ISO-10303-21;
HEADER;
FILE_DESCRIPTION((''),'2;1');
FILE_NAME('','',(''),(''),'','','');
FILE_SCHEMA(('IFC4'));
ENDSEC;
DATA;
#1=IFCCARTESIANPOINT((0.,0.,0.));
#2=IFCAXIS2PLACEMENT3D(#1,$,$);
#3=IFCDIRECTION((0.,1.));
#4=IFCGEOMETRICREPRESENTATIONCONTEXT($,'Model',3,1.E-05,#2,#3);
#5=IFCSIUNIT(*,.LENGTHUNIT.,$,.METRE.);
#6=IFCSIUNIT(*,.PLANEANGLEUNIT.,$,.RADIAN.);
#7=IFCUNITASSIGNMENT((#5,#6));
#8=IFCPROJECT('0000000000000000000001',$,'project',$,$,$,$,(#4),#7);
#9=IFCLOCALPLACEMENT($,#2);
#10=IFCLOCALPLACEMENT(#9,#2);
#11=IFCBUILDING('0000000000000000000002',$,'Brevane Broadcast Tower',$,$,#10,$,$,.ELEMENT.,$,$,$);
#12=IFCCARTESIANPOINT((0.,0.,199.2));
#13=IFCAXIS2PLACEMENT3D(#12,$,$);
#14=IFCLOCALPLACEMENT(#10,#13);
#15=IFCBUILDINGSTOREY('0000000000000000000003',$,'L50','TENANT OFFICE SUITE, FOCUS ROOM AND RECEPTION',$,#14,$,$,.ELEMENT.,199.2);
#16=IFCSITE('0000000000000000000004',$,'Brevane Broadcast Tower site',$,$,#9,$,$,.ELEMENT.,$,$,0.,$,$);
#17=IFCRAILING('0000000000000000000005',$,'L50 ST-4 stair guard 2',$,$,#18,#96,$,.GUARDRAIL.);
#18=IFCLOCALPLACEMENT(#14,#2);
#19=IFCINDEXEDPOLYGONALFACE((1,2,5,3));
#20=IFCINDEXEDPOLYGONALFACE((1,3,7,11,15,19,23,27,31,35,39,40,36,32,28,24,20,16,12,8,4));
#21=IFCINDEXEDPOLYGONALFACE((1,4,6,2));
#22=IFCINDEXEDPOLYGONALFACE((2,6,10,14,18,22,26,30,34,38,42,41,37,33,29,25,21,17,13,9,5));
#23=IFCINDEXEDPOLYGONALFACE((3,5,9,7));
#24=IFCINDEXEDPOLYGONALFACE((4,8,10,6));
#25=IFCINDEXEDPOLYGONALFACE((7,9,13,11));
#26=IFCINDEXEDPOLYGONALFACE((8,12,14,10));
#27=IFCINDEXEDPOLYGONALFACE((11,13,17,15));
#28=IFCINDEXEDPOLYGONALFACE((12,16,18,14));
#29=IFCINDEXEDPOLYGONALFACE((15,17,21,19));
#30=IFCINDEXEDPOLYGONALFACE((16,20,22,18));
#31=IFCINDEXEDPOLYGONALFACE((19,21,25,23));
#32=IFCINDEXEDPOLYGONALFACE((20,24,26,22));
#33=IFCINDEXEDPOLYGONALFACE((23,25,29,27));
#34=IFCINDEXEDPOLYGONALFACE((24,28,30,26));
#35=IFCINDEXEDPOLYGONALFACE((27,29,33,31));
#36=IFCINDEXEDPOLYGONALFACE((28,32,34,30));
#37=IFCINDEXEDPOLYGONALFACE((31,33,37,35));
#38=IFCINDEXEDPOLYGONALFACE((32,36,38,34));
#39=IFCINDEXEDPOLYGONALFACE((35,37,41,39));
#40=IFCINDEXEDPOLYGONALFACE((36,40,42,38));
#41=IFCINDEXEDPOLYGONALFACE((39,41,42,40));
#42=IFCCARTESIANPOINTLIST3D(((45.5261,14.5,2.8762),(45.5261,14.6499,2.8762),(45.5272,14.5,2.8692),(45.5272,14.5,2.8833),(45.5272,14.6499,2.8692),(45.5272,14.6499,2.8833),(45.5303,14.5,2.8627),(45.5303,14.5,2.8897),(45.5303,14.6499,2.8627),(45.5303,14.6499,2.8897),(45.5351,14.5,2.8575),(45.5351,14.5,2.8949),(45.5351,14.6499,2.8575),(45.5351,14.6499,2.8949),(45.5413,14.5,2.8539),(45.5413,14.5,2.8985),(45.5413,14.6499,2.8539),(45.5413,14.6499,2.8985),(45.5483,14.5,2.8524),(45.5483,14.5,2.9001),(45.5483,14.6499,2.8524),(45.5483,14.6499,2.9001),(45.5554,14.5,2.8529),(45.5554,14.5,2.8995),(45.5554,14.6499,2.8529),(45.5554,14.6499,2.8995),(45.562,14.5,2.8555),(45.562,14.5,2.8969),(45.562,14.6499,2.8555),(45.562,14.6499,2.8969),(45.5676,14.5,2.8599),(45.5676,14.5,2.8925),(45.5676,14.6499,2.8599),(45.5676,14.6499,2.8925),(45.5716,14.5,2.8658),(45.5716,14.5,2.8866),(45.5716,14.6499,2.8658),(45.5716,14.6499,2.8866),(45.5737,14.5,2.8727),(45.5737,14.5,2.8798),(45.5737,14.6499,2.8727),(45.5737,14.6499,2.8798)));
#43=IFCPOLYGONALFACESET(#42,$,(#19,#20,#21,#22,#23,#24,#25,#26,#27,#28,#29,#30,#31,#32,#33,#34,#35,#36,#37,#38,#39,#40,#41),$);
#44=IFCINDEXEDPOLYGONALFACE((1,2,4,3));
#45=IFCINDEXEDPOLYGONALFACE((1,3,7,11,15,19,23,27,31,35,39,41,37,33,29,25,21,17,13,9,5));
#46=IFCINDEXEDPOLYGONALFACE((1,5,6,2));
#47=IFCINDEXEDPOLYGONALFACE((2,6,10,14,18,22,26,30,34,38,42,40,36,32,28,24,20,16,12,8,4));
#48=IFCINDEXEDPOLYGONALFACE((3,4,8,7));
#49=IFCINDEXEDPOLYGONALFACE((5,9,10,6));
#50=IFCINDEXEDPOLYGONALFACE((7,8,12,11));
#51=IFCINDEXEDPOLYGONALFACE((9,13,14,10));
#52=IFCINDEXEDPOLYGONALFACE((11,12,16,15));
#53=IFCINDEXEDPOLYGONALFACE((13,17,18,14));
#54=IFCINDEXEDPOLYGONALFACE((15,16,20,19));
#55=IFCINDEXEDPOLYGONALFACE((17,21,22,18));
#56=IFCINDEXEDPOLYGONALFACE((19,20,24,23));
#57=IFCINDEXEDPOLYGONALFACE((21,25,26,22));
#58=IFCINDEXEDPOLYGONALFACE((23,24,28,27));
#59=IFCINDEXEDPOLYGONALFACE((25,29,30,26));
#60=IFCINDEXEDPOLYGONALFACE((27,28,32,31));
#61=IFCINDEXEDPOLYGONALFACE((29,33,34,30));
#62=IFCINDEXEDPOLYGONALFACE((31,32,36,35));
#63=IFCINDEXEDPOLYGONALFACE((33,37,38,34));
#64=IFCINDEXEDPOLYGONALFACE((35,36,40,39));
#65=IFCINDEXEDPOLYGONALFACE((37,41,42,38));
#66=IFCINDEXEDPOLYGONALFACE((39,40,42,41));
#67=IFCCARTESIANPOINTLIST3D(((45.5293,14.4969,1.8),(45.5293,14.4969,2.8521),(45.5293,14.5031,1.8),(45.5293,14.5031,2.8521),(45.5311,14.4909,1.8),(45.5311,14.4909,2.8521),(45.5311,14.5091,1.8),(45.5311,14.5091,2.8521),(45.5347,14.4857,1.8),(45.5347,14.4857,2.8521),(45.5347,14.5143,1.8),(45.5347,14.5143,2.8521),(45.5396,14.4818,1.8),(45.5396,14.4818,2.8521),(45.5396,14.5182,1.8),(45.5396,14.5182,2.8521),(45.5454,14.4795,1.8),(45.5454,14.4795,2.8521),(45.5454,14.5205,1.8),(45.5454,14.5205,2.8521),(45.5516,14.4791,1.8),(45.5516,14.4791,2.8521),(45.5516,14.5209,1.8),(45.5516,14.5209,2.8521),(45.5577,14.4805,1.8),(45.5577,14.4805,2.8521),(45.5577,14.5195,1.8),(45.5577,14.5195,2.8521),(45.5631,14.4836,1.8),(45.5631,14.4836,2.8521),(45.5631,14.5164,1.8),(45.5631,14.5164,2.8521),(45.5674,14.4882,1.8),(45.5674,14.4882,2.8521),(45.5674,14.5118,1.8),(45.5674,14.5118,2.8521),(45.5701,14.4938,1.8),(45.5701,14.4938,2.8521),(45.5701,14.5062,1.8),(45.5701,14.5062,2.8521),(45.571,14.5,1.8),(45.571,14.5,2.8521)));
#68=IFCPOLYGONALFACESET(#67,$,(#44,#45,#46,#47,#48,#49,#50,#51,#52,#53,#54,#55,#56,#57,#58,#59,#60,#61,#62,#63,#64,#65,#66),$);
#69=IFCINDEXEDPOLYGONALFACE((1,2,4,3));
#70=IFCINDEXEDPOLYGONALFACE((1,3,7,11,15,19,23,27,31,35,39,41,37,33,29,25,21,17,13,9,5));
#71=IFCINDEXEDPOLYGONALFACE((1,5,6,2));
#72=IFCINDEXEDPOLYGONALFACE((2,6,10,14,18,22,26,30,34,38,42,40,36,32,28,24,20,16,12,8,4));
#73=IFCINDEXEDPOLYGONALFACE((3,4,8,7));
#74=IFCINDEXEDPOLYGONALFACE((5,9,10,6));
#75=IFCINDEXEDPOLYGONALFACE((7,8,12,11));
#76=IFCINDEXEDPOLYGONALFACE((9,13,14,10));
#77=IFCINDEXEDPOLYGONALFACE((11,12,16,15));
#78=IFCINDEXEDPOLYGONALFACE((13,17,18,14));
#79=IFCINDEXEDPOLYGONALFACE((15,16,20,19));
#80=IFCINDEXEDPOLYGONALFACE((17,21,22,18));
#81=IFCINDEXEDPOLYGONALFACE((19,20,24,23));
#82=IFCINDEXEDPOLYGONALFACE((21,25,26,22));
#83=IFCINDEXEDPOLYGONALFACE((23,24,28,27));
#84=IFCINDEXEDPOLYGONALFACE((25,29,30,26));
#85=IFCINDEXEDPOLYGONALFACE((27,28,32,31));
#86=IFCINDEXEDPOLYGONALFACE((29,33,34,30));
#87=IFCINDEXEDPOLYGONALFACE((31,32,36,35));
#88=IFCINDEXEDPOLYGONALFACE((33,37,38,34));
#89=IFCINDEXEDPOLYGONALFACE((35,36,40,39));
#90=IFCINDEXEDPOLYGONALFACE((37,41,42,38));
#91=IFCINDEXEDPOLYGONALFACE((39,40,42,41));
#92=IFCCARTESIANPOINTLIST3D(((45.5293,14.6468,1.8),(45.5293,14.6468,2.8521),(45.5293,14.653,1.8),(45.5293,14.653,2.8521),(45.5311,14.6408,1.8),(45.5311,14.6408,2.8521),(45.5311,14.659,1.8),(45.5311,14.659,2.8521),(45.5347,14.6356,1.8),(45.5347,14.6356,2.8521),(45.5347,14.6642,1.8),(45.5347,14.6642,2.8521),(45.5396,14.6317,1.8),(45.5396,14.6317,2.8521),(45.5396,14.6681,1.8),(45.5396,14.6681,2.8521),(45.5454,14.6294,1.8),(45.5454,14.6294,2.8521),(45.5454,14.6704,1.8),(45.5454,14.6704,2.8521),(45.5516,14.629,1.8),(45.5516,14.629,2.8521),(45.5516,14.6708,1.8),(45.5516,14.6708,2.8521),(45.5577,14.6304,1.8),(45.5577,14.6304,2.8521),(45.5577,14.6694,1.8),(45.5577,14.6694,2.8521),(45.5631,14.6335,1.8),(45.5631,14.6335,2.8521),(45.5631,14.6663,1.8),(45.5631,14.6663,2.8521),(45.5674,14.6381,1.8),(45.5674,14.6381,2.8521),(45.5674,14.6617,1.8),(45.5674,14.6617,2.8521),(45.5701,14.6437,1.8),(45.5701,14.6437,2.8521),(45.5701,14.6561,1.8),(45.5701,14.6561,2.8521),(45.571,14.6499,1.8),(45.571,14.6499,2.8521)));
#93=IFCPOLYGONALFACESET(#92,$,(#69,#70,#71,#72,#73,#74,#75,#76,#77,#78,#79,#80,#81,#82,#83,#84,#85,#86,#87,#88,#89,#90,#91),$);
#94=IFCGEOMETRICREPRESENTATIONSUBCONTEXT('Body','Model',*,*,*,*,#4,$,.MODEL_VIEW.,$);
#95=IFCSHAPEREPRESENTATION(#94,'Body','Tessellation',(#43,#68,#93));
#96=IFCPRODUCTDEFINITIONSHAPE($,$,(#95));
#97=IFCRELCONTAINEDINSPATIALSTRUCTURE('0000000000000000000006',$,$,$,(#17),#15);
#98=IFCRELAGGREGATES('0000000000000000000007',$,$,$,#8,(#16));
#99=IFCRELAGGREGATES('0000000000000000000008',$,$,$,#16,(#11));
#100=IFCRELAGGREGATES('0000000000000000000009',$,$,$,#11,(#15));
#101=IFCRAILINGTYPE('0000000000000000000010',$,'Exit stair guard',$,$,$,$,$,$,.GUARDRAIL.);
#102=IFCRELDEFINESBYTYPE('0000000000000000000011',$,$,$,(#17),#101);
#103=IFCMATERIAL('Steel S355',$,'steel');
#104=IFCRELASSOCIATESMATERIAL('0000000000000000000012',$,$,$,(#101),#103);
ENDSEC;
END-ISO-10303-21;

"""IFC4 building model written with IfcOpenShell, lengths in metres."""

from ifc_helpers import new_model, si_unit, direction, frame, origin, origin_2d, place, context, subcontext, project, spatial, circle, extrude, material, type_object, element, save


model = new_model("IFC4")

# Units and contexts
model_context = context("Model", 3, precision=1e-05, world=origin(), true_north=direction((0.0, 1.0)))
body_context = subcontext(model_context, "Body", "Model", "MODEL_VIEW")
ifc_project = project(units=[si_unit("LENGTHUNIT", "METRE"), si_unit("PLANEANGLEUNIT", "RADIAN")], contexts=[model_context])

# Site, building, storey
site_placement = place(None, origin())
site = spatial("IfcSite", under=ifc_project, at=site_placement, Name="Brevane Broadcast Tower site", CompositionType="ELEMENT", RefElevation=0.0)
building_placement = place(site_placement, origin())
building = spatial("IfcBuilding", under=site, at=building_placement, Name="Brevane Broadcast Tower", CompositionType="ELEMENT")
storey_placement = place(building_placement, frame((0.0, 0.0, 199.2)))
storey = spatial("IfcBuildingStorey", under=building, at=storey_placement, Name="L50", Description="TENANT OFFICE SUITE, FOCUS ROOM AND RECEPTION", CompositionType="ELEMENT", Elevation=199.2)

# Railing
ifc_material_1 = material(Name="Steel S355", Category="steel")
railing_type_1 = type_object("IfcRailingType", Name="Exit stair guard", PredefinedType="GUARDRAIL", material=ifc_material_1)
railing_1_placement = place(storey_placement, frame((45.55, 14.5, 1.8)))
element("IfcRailing", 1, at=railing_1_placement, inside=storey, type_object=railing_type_1, Name="L50 ST-4 stair guard 2", PredefinedType="GUARDRAIL", context=body_context, shape_type="SweptSolid", body=[
    extrude(circle(Radius=0.0239, at=origin_2d()), frame((0.0, 0.0, 1.0762), z_axis=(0.0, 1.0, 0.0), x_axis=(-1.0, 0.0, 0.0)), (0.0, 0.0, 1.0), 0.1499),
    extrude(circle(Radius=0.021, at=origin_2d()), origin(), (0.0, 0.0, 1.0), 1.052),
    extrude(circle(Radius=0.021, at=origin_2d()), frame((0.0, 0.1499, 0.0)), (0.0, 0.0, 1.0), 1.052),
])

save(model, "model.ifc")
